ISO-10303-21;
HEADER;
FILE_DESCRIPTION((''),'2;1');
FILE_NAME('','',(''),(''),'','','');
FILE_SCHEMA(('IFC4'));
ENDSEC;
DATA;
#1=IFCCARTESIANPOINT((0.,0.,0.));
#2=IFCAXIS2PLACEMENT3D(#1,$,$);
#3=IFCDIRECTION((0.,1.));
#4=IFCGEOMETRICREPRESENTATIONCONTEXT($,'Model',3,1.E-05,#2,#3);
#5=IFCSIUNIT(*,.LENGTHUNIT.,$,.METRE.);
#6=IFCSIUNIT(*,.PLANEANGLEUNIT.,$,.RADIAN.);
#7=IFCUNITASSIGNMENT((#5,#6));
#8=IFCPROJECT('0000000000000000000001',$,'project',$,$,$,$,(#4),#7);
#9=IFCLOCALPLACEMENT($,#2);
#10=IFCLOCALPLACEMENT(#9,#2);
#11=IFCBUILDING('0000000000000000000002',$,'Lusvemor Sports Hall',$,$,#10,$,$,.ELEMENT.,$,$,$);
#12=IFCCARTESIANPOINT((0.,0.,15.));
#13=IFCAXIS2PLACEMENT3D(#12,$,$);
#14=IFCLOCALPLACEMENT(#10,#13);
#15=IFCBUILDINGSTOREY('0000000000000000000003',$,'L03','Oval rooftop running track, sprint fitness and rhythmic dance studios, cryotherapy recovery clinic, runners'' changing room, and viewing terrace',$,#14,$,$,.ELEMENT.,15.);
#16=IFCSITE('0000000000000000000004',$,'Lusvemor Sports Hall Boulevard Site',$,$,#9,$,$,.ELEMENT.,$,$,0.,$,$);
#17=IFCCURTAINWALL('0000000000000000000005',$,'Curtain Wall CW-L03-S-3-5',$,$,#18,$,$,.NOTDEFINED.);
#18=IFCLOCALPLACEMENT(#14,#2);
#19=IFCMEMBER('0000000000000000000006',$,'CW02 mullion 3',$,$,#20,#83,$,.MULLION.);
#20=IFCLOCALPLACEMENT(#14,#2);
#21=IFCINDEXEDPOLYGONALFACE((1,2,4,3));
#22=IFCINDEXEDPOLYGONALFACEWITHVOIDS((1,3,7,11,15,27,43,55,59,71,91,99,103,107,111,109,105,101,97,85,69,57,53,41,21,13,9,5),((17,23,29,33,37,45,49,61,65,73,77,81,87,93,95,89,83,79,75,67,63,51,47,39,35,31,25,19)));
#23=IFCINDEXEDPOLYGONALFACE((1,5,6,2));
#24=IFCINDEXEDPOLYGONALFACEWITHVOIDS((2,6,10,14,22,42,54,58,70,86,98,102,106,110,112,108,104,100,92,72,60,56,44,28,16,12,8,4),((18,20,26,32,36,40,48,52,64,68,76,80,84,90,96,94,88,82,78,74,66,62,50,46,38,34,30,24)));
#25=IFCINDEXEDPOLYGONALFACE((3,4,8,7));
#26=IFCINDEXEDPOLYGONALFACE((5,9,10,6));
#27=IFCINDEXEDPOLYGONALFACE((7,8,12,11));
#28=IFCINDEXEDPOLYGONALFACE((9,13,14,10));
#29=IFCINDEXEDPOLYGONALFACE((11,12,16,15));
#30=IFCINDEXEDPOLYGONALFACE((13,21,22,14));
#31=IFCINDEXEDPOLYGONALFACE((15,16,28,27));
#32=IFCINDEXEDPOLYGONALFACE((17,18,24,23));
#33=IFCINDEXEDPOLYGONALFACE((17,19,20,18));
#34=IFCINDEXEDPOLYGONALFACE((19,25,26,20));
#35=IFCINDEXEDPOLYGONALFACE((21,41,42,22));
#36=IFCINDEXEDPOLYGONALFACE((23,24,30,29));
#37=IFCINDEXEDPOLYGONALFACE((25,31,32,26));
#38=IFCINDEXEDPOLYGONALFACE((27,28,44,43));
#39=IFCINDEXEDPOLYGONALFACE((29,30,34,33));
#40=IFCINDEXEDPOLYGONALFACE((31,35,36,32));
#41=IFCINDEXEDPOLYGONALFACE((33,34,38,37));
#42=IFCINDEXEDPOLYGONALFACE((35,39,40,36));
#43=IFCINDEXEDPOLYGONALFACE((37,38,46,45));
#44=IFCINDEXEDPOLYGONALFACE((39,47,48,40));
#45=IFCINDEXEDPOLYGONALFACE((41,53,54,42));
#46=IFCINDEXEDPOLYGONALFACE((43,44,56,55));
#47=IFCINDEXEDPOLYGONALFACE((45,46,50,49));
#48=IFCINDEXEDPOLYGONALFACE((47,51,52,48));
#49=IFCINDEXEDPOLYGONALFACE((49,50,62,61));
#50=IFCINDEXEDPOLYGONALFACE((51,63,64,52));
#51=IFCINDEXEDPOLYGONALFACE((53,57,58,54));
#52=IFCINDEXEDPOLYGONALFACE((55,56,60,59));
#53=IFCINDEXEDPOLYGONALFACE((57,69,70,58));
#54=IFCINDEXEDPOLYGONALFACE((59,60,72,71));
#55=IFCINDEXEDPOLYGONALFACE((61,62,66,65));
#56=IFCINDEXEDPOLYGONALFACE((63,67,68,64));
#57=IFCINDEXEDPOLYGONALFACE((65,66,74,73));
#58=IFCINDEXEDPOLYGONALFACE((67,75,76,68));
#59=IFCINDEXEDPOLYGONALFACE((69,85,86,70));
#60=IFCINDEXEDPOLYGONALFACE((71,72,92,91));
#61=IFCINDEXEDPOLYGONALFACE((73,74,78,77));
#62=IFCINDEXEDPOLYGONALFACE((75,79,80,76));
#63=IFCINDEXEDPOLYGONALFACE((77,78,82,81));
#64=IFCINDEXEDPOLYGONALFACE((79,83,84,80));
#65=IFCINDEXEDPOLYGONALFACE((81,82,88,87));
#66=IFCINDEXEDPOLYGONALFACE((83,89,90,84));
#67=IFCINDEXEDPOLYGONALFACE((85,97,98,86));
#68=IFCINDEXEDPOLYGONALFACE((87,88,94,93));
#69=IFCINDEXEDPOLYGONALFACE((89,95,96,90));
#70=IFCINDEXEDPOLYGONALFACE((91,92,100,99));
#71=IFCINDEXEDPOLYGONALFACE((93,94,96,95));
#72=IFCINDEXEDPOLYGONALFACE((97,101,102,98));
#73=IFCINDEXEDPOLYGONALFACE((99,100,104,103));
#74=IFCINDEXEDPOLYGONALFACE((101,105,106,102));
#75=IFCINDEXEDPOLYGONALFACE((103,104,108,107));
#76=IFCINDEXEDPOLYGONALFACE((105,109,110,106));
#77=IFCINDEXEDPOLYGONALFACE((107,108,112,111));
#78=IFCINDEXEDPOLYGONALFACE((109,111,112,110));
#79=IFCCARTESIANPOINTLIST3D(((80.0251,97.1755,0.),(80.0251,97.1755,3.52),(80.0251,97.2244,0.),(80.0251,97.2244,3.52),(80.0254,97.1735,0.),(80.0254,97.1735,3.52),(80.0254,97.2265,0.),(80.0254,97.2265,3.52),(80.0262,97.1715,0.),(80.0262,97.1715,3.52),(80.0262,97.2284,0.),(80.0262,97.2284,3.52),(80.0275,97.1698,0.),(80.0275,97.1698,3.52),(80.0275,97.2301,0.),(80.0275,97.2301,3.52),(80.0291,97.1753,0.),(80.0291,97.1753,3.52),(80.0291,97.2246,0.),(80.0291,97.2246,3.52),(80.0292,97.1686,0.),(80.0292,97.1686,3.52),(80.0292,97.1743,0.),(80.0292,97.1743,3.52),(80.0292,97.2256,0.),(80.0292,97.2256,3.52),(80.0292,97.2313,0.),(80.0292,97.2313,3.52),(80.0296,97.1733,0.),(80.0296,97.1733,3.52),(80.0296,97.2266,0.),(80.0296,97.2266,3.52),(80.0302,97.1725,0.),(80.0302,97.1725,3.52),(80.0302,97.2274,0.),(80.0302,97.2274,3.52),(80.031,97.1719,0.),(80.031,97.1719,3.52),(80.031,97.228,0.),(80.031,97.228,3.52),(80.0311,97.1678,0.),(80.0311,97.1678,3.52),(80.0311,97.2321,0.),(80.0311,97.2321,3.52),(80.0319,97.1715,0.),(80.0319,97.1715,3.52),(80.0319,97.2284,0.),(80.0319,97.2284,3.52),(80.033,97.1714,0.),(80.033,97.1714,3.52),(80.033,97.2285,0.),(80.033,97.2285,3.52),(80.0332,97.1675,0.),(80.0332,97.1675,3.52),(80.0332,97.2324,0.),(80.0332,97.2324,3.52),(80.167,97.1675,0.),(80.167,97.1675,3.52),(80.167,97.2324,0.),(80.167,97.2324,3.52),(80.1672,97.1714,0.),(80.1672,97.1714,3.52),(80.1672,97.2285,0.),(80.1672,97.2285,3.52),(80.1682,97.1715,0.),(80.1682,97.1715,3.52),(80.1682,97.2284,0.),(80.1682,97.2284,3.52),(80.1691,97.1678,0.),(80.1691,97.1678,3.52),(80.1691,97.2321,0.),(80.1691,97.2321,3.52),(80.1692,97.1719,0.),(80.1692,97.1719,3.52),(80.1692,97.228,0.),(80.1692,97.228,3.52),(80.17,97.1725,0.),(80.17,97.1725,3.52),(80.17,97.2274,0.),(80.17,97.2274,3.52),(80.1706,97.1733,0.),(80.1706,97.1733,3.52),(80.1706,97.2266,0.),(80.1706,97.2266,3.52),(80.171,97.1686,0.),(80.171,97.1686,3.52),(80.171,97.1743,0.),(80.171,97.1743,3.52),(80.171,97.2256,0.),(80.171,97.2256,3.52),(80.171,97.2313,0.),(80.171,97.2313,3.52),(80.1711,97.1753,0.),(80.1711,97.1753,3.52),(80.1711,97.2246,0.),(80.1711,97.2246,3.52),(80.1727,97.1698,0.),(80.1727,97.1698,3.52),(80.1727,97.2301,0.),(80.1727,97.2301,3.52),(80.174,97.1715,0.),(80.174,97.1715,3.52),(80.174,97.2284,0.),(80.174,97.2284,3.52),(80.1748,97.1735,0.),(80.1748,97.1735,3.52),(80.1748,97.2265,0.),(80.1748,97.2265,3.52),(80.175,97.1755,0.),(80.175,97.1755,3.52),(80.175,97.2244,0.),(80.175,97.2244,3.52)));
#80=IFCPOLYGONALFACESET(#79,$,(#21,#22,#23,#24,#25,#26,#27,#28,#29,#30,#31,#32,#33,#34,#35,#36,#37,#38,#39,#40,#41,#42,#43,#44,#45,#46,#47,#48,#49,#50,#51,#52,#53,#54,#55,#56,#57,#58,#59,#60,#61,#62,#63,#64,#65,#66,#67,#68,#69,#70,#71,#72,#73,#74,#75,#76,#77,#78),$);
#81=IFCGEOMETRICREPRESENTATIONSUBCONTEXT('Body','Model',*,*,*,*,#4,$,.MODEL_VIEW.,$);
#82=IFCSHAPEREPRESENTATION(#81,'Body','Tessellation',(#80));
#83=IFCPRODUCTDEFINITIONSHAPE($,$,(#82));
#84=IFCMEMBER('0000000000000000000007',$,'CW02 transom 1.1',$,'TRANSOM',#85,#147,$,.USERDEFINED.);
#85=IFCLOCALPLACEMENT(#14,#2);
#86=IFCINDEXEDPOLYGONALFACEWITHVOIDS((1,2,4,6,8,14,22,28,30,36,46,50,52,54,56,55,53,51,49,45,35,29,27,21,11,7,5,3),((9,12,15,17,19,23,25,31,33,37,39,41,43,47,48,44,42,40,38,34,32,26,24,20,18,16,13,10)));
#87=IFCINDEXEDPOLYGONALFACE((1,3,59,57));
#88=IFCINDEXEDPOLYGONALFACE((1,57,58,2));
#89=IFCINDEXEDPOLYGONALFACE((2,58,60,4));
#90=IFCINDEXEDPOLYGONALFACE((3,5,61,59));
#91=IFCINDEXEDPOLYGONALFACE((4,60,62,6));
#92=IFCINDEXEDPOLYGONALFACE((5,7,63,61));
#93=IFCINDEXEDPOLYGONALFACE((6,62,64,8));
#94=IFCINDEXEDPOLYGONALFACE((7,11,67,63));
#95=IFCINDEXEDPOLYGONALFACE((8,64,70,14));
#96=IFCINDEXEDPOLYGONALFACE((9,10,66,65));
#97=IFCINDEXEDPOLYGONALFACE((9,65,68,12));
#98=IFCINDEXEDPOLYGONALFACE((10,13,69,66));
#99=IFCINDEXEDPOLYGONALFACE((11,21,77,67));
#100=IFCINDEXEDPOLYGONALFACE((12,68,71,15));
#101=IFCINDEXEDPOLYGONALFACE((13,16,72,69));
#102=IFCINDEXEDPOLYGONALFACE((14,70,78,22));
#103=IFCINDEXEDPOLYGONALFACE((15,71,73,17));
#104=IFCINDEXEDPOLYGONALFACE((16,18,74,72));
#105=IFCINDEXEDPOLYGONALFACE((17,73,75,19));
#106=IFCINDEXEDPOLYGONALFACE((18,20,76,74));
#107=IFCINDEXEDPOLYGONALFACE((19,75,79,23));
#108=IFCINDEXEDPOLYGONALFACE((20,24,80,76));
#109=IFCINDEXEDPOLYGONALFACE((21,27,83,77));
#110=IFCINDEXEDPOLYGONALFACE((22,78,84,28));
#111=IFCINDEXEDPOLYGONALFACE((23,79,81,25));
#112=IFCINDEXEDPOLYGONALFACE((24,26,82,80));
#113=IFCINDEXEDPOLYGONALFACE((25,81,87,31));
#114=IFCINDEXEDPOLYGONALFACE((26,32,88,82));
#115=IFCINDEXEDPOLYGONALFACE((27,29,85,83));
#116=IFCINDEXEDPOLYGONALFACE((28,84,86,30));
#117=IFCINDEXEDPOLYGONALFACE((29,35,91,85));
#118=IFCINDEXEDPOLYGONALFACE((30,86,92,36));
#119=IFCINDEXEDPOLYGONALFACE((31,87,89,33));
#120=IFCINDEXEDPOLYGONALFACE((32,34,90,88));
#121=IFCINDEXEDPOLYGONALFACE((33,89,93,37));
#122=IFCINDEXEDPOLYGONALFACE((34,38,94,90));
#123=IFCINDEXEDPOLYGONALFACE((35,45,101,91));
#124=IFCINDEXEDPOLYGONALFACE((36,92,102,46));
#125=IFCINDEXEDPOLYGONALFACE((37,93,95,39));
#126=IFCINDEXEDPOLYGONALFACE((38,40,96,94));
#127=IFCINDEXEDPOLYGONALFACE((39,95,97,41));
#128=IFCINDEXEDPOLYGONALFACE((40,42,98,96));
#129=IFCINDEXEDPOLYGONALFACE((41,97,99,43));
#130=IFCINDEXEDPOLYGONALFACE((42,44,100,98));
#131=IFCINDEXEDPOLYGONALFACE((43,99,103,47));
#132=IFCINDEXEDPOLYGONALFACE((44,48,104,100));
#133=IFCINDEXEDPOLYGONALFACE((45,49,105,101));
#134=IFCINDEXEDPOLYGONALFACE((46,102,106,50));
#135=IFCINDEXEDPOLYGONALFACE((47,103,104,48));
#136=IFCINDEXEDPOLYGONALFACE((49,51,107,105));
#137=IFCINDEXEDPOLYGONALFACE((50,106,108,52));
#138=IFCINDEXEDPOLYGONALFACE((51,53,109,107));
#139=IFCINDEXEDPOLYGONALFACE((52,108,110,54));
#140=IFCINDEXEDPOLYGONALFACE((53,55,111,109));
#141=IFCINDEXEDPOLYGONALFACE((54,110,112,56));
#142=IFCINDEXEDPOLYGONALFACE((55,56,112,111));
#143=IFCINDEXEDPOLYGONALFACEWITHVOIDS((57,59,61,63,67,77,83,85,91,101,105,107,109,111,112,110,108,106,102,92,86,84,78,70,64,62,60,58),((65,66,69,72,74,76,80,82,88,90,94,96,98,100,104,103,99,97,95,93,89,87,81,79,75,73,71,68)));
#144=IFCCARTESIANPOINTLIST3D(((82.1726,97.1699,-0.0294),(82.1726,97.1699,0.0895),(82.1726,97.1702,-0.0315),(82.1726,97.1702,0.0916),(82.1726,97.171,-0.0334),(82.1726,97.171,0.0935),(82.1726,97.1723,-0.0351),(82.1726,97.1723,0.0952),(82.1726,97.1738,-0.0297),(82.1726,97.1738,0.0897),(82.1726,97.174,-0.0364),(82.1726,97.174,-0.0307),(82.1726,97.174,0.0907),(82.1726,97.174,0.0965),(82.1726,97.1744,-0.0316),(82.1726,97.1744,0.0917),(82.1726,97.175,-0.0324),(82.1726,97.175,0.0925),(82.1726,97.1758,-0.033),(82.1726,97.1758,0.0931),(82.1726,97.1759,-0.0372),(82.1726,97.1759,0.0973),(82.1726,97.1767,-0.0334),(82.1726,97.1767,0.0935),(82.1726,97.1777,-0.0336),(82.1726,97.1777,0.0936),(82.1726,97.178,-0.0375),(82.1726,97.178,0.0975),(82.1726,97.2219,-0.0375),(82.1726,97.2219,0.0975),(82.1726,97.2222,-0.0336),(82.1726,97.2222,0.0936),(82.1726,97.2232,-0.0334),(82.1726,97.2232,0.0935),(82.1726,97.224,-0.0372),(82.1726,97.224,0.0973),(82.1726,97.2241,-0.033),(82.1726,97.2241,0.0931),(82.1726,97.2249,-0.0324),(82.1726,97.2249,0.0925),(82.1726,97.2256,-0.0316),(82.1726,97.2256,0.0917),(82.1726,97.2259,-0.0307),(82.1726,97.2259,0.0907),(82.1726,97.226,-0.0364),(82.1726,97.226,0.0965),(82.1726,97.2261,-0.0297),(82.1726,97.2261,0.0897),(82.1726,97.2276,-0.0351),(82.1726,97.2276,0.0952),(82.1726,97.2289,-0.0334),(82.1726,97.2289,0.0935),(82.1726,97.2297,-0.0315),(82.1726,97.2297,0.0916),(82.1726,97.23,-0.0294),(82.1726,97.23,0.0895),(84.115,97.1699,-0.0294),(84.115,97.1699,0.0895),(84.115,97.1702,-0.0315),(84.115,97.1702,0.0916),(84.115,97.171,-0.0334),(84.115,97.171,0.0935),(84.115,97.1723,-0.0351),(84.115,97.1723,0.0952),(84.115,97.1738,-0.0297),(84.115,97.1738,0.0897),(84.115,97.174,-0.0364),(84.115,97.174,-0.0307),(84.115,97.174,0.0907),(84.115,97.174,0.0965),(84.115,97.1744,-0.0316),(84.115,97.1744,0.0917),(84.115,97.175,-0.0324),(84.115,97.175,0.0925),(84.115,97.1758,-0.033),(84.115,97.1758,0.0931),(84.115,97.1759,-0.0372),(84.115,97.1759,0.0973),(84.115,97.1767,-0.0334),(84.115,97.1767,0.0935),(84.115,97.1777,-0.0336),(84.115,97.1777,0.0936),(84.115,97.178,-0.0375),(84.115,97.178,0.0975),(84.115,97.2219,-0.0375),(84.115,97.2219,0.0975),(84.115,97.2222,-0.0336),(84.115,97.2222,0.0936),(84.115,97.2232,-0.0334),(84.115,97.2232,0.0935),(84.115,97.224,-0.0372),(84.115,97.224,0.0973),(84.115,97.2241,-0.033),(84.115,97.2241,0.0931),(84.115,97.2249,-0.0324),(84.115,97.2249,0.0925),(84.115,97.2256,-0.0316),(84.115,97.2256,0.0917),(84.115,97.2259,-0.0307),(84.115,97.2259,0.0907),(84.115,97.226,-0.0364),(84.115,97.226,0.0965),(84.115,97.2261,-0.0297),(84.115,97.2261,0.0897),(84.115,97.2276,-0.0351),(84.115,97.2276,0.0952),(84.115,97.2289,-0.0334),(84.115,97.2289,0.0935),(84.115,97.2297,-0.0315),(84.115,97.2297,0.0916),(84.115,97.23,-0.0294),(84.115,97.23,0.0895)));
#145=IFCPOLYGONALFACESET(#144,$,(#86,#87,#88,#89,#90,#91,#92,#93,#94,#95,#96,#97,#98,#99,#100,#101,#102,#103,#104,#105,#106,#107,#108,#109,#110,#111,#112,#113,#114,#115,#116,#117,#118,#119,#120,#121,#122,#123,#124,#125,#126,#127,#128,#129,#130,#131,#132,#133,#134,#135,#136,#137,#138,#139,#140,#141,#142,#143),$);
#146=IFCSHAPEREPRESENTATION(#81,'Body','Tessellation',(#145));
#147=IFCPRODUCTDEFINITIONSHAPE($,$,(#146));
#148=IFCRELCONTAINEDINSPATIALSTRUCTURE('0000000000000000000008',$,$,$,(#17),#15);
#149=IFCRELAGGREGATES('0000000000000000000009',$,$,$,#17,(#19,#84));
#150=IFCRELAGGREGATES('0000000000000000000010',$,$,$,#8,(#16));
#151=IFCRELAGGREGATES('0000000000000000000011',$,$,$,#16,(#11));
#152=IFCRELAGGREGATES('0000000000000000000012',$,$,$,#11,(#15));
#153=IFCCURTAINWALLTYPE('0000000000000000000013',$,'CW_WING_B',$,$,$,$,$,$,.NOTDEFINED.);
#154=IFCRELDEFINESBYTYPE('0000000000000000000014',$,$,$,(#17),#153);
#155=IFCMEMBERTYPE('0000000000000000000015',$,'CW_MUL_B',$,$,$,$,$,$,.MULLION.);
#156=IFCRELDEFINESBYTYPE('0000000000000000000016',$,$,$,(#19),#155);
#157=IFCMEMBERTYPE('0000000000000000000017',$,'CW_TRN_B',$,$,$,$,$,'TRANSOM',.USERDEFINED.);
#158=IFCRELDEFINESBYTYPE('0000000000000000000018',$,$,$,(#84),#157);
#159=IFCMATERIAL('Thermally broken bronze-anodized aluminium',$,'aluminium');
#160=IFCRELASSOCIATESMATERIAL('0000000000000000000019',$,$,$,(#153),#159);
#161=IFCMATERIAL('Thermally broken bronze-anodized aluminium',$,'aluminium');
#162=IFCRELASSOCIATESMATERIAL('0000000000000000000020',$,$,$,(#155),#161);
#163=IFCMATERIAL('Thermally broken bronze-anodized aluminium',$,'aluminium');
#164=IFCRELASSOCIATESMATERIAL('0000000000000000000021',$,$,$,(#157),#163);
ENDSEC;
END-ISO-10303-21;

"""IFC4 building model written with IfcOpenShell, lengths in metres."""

from ifc_helpers import new_model, si_unit, direction, frame, origin, origin_2d, place, context, subcontext, project, spatial, hollow_rectangle, extrude, material, material_profile, profile_set, type_object, element, aggregate, save


model = new_model("IFC4")

# Units and contexts
model_context = context("Model", 3, precision=1e-05, world=origin(), true_north=direction((0.0, 1.0)))
body_context = subcontext(model_context, "Body", "Model", "MODEL_VIEW")
ifc_project = project(units=[si_unit("LENGTHUNIT", "METRE"), si_unit("PLANEANGLEUNIT", "RADIAN")], contexts=[model_context])

# Site, building, storey
site_placement = place(None, origin())
site = spatial("IfcSite", under=ifc_project, at=site_placement, Name="Lusvemor Sports Hall Boulevard Site", CompositionType="ELEMENT", RefElevation=0.0)
building_placement = place(site_placement, origin())
building = spatial("IfcBuilding", under=site, at=building_placement, Name="Lusvemor Sports Hall", CompositionType="ELEMENT")
storey_placement = place(building_placement, frame((0.0, 0.0, 15.0)))
storey = spatial("IfcBuildingStorey", under=building, at=storey_placement, Name="L03", Description="Oval rooftop running track, sprint fitness and rhythmic dance studios, cryotherapy recovery clinic, runners' changing room, and viewing terrace", CompositionType="ELEMENT", Elevation=15.0)

# Shared definitions
ifc_material_1 = material(Name="Thermally broken bronze-anodized aluminium", Category="aluminium")
curtain_wall_type = type_object("IfcCurtainWallType", Name="CW_WING_B", PredefinedType="NOTDEFINED", material=ifc_material_1)
ifc_material_2 = material(Name="Thermally broken bronze-anodized aluminium", Category="aluminium")
ifc_material_profile_1 = material_profile(ifc_material_2, hollow_rectangle(XDim=0.0649, YDim=0.1499, WallThickness=0.0039, InnerFilletRadius=0.0039, OuterFilletRadius=0.0081, at=origin_2d()), Name="CWMUL150x65x4")
ifc_profile_set_1 = profile_set([ifc_material_profile_1], Name="Thermally broken bronze-anodized aluminium")
member_type_1 = type_object("IfcMemberType", Name="CW_MUL_B", PredefinedType="MULLION", material=ifc_profile_set_1)

# Curtain wall, members
curtain_wall_1_placement = place(storey_placement, origin())
curtain_wall_1 = element("IfcCurtainWall", 1, at=curtain_wall_1_placement, inside=storey, type_object=curtain_wall_type, Name="Curtain Wall CW-L03-S-3-5", PredefinedType="NOTDEFINED")
member_1_placement = place(storey_placement, frame((80.1001, 97.2, 0.0), z_axis=(0.0, 0.0, 1.0), x_axis=(0.0, -1.0, 0.0)))
member_1 = element("IfcMember", 2, at=member_1_placement, type_object=member_type_1, Name="CW02 mullion 3", PredefinedType="MULLION", context=body_context, shape_type="SweptSolid", body=[
    extrude(hollow_rectangle(XDim=0.0649, YDim=0.1499, WallThickness=0.0039, InnerFilletRadius=0.0039, OuterFilletRadius=0.0081, at=origin_2d()), origin(), (0.0, 0.0, 1.0), 3.52),
])
ifc_material_3 = material(Name="Thermally broken bronze-anodized aluminium", Category="aluminium")
ifc_material_profile_2 = material_profile(ifc_material_3, hollow_rectangle(XDim=0.0601, YDim=0.135, WallThickness=0.0039, InnerFilletRadius=0.0039, OuterFilletRadius=0.0081, at=origin_2d()), Name="CWTRN135x60x4")
ifc_profile_set_2 = profile_set([ifc_material_profile_2], Name="Thermally broken bronze-anodized aluminium")
member_type_2 = type_object("IfcMemberType", Name="CW_TRN_B", ElementType="TRANSOM", PredefinedType="USERDEFINED", material=ifc_profile_set_2)
member_2_placement = place(storey_placement, frame((84.115, 97.2, 0.03), z_axis=(-1.0, 0.0, 0.0), x_axis=(0.0, -1.0, 0.0)))
member_2 = element("IfcMember", 3, at=member_2_placement, type_object=member_type_2, Name="CW02 transom 1.1", ObjectType="TRANSOM", PredefinedType="USERDEFINED", context=body_context, shape_type="SweptSolid", body=[
    extrude(hollow_rectangle(XDim=0.0601, YDim=0.135, WallThickness=0.0039, InnerFilletRadius=0.0039, OuterFilletRadius=0.0081, at=origin_2d()), origin(), (0.0, 0.0, 1.0), 1.9424),
])

aggregate(curtain_wall_1, [member_1, member_2])

save(model, "model.ifc")
